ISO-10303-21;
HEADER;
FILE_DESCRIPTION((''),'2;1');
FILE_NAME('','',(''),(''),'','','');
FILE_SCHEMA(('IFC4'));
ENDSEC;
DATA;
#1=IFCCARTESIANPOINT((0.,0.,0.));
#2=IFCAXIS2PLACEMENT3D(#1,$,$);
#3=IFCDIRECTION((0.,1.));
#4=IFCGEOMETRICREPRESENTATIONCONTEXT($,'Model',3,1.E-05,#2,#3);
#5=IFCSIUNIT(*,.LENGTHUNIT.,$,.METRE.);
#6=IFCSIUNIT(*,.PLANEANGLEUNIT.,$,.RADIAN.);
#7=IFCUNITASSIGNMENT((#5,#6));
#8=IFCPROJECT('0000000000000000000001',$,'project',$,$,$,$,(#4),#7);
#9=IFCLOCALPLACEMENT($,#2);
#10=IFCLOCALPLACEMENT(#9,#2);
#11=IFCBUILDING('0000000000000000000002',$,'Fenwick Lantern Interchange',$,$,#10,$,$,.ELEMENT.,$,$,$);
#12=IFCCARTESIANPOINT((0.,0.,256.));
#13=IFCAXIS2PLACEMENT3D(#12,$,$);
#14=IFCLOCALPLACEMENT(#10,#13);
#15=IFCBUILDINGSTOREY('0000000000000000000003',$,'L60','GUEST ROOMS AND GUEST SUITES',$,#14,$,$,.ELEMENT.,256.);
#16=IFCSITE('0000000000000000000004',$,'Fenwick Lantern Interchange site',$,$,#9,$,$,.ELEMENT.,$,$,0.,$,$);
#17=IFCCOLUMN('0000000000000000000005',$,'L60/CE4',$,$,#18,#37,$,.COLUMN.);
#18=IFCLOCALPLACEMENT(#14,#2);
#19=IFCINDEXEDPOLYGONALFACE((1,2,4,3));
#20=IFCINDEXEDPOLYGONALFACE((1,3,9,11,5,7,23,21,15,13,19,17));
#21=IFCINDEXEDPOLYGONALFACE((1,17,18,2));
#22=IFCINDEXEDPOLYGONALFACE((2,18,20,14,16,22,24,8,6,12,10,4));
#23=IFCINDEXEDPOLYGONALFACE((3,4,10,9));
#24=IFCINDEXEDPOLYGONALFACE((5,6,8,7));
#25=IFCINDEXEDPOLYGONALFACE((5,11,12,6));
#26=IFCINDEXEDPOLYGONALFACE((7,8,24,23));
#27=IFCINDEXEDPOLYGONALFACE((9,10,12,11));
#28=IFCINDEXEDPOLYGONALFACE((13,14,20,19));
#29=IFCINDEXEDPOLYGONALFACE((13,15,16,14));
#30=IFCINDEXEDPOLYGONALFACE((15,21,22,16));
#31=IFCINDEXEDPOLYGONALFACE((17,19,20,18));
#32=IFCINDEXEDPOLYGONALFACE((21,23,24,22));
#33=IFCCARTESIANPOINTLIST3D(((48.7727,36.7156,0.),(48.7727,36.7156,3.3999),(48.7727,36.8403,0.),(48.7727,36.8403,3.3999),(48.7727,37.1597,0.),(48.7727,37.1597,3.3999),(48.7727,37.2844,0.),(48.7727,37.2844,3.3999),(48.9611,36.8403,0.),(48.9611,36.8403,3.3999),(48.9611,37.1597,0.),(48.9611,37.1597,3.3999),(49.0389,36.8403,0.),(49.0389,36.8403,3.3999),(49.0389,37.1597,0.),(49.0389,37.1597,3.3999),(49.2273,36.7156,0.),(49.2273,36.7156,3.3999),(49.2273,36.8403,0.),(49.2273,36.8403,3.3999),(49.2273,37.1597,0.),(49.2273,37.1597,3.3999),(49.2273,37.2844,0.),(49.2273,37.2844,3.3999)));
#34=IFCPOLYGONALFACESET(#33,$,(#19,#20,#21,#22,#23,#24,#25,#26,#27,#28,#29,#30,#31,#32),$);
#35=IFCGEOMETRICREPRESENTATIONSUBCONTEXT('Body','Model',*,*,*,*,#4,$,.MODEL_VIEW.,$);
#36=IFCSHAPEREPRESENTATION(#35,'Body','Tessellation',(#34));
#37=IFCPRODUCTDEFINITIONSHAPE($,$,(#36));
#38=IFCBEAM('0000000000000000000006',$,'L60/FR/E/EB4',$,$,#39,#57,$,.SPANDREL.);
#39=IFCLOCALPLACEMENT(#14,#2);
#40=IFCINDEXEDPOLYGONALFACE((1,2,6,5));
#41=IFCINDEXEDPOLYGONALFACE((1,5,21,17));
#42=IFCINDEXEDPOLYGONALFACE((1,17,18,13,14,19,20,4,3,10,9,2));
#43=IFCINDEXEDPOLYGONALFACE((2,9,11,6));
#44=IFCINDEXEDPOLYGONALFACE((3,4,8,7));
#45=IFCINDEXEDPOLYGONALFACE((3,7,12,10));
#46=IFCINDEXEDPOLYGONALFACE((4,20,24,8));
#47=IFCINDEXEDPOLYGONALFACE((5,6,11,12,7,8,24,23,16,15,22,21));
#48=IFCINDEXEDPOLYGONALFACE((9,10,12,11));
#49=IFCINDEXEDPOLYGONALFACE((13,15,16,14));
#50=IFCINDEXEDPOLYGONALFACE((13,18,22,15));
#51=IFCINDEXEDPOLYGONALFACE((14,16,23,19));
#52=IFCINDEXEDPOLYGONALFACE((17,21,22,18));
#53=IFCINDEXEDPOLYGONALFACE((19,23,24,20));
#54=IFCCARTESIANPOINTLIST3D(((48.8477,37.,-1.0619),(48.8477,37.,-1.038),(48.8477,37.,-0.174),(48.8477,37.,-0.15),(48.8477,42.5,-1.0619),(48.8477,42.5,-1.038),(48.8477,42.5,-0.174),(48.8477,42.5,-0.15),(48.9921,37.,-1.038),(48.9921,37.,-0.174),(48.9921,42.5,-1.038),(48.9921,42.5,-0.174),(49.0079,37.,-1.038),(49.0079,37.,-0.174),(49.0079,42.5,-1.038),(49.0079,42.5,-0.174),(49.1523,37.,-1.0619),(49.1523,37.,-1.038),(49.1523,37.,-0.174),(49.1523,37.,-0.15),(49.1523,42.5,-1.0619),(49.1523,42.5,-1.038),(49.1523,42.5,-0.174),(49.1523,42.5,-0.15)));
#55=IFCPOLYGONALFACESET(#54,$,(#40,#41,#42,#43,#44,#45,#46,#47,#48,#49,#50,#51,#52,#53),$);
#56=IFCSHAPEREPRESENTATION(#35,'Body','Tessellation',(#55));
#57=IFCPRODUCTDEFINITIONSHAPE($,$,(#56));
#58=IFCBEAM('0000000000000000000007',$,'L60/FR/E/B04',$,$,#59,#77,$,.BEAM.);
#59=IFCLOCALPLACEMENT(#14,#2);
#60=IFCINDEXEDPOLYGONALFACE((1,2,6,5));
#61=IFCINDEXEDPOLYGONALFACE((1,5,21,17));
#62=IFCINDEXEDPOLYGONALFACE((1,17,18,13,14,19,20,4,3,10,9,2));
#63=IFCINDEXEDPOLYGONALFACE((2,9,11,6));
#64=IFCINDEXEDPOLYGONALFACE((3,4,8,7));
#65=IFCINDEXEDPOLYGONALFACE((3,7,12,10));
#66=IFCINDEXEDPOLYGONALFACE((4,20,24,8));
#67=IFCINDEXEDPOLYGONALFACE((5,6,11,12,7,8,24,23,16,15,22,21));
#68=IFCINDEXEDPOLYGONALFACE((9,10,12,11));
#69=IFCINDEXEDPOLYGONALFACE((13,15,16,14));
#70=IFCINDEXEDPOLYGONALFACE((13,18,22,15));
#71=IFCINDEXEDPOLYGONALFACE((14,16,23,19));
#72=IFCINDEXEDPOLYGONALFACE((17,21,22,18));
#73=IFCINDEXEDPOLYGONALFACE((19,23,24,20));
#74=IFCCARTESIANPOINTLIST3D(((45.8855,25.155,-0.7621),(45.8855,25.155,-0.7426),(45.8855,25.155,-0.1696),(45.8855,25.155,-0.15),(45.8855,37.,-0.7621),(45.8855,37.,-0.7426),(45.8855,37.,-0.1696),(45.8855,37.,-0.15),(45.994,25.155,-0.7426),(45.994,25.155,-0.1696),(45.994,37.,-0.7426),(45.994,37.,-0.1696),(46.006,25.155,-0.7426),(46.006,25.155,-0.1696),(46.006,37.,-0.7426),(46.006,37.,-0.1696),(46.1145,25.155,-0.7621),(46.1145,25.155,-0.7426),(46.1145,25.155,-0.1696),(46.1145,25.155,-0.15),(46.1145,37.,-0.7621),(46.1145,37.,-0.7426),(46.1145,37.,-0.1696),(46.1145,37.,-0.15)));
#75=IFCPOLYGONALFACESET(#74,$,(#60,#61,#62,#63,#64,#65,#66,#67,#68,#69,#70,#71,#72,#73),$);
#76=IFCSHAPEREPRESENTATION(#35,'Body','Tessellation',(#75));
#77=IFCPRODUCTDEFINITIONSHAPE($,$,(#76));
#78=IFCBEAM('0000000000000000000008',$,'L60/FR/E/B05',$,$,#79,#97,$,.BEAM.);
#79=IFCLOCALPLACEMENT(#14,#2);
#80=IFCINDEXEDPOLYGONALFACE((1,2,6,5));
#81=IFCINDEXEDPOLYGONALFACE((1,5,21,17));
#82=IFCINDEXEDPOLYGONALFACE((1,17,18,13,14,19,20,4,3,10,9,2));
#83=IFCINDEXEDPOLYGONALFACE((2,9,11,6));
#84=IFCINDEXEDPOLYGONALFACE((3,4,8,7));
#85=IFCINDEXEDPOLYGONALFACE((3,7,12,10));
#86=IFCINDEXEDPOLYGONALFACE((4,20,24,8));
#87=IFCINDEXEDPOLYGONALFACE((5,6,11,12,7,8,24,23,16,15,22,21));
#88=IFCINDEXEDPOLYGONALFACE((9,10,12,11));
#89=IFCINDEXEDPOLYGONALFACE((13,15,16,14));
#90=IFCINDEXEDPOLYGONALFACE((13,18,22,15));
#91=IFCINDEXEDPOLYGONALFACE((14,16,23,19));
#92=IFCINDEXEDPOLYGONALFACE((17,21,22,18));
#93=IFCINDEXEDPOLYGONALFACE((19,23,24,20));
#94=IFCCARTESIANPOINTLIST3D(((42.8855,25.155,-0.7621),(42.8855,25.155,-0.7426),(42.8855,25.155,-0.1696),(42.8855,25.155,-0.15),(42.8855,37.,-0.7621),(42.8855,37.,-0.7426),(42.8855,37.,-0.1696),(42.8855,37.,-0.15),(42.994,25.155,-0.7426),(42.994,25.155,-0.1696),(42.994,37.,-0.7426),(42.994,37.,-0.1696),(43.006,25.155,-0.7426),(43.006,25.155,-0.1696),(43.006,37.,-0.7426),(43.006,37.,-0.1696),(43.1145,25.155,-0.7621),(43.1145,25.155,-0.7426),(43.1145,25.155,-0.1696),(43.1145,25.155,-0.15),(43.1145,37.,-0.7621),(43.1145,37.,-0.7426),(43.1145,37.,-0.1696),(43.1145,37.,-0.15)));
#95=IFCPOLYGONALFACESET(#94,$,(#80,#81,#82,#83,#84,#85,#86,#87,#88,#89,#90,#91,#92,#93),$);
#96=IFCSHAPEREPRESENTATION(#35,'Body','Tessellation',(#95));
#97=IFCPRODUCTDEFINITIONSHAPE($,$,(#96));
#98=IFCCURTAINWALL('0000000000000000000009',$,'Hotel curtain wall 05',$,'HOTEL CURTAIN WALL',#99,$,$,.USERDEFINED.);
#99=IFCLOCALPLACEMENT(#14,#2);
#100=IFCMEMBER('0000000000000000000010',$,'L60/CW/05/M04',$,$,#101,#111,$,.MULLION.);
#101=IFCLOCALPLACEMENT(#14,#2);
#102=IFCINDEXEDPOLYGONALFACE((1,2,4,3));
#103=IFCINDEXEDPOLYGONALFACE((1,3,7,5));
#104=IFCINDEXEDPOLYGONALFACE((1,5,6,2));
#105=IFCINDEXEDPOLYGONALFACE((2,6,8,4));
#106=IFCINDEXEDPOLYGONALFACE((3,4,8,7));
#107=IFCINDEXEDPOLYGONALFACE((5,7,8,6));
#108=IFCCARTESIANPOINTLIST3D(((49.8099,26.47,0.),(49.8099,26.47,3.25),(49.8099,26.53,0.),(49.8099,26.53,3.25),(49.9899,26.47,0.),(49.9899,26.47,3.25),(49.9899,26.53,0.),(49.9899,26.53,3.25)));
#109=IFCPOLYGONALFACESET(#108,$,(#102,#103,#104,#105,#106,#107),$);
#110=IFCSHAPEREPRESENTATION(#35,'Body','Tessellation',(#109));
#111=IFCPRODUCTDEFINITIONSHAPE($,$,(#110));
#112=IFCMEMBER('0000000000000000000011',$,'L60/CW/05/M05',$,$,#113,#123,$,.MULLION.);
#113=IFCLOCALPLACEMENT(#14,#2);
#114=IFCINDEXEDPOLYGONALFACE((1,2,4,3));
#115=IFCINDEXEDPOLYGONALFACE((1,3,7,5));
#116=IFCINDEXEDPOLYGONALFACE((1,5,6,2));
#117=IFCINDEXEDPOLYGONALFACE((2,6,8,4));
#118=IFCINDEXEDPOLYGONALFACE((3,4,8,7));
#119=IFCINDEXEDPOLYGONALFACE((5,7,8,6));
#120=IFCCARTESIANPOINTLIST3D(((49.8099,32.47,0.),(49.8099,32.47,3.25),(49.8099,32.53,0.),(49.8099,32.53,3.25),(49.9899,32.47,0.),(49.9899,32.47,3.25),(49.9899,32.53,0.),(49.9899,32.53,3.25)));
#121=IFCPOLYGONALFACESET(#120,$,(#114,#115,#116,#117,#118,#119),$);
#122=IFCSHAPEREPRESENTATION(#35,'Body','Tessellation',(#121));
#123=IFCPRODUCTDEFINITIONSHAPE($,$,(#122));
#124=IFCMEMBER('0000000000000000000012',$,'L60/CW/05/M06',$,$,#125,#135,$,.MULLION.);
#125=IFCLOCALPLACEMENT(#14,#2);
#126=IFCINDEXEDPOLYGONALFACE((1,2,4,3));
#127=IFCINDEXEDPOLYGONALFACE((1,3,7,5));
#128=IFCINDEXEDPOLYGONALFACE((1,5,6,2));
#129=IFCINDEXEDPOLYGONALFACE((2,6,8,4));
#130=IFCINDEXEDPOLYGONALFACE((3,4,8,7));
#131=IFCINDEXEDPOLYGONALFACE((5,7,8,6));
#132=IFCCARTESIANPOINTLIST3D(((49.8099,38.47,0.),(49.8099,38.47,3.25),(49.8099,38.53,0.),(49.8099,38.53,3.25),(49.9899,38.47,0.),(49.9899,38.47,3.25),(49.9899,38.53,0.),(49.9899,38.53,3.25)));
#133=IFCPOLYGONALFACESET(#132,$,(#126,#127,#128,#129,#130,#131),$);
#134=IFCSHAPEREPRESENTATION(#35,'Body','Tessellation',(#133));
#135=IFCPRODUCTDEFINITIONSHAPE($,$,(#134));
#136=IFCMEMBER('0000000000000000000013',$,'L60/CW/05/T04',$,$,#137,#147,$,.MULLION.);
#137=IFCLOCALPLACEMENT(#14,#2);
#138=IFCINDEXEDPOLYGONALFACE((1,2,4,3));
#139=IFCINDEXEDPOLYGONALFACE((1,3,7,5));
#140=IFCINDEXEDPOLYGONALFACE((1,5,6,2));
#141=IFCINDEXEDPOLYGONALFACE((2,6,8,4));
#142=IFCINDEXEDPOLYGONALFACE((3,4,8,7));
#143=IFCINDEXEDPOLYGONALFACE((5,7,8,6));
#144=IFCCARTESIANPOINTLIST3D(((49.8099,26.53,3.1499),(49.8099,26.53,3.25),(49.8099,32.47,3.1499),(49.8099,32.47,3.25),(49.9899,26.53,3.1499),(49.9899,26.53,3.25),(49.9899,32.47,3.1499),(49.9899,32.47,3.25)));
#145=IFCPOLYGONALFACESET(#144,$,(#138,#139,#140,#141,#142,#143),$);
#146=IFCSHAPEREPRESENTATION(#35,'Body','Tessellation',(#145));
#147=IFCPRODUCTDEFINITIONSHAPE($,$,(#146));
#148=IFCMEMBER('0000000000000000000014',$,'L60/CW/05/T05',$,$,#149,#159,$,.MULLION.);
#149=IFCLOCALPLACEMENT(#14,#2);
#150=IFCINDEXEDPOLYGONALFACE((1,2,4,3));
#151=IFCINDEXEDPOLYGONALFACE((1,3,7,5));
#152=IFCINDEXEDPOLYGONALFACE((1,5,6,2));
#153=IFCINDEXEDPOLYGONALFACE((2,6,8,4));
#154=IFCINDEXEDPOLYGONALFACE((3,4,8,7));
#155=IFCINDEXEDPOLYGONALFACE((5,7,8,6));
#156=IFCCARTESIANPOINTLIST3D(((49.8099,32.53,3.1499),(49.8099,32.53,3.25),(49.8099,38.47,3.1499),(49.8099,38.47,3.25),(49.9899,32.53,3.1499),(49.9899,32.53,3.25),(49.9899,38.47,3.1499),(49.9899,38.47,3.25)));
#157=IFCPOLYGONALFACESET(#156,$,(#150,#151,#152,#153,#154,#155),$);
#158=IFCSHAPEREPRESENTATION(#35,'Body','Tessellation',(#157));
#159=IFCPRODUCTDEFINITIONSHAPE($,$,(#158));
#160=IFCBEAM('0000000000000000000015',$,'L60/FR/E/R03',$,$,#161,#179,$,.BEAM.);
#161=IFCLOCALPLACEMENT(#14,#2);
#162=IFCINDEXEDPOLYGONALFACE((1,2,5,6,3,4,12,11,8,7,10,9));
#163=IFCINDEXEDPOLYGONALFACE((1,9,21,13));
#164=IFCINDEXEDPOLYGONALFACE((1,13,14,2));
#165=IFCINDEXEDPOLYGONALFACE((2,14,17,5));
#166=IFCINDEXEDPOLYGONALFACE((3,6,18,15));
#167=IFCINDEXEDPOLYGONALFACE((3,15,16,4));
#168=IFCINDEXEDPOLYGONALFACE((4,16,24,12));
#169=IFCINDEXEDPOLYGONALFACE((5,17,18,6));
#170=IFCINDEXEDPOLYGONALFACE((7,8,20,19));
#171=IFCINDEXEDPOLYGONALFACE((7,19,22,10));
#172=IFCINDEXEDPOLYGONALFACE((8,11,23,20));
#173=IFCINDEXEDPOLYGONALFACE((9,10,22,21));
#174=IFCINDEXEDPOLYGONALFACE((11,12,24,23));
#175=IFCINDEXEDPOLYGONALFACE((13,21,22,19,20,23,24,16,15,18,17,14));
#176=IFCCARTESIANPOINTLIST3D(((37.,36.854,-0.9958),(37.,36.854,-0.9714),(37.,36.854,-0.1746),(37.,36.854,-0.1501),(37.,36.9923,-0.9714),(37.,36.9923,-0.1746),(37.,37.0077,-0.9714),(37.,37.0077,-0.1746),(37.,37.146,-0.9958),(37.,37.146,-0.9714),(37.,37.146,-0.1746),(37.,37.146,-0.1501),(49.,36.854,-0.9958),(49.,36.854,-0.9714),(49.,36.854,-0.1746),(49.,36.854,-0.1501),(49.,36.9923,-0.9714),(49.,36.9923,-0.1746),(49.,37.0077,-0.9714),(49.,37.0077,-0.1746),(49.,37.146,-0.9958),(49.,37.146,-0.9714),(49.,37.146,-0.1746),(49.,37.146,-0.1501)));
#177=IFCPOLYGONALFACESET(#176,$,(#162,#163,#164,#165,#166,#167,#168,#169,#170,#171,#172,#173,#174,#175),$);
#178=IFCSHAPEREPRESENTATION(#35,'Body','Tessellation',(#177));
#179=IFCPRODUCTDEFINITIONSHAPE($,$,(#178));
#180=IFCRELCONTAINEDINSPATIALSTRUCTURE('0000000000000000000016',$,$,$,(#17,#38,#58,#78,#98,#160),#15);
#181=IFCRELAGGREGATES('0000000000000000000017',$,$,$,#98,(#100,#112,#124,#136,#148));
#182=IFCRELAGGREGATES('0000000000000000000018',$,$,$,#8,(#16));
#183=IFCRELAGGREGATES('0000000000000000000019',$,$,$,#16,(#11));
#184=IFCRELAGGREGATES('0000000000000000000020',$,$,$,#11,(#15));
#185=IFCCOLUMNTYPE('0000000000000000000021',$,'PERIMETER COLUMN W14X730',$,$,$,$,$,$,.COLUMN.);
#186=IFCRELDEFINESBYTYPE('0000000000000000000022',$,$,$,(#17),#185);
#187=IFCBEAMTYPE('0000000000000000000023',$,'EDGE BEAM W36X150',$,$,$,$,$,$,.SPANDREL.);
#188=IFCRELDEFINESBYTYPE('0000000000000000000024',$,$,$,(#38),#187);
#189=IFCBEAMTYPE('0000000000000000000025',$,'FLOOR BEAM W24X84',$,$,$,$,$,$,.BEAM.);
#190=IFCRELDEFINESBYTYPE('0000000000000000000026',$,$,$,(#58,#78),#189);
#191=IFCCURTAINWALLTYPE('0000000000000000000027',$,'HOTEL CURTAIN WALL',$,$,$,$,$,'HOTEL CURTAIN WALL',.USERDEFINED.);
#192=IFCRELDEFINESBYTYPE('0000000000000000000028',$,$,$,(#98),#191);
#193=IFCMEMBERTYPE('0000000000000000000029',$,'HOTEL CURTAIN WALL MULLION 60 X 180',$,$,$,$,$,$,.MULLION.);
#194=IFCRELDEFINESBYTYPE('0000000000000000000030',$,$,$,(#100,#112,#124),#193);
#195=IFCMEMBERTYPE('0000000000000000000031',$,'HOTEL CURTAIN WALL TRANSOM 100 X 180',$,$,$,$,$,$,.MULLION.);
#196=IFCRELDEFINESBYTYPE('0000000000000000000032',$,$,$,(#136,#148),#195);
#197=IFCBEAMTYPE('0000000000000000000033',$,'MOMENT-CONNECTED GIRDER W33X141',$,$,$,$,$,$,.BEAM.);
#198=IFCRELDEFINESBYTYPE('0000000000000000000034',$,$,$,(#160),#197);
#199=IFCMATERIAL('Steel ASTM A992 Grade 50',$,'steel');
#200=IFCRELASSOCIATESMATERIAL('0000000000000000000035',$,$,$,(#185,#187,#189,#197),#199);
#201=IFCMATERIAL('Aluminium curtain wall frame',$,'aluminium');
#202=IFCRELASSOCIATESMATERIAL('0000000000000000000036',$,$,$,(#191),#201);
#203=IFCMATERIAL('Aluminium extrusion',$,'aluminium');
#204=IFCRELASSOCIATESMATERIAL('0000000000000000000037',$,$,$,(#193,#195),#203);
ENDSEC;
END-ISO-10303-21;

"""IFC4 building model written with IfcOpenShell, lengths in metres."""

from ifc_helpers import new_model, si_unit, direction, frame, origin, origin_2d, place, context, subcontext, project, spatial, rectangle, i_section, extrude, material, material_profile, profile_set, type_object, element, aggregate, save


model = new_model("IFC4")

# Units and contexts
model_context = context("Model", 3, precision=1e-05, world=origin(), true_north=direction((0.0, 1.0)))
body_context = subcontext(model_context, "Body", "Model", "MODEL_VIEW")
ifc_project = project(units=[si_unit("LENGTHUNIT", "METRE"), si_unit("PLANEANGLEUNIT", "RADIAN")], contexts=[model_context])

# Site, building, storey
site_placement = place(None, origin())
site = spatial("IfcSite", under=ifc_project, at=site_placement, Name="Fenwick Lantern Interchange site", CompositionType="ELEMENT", RefElevation=0.0)
building_placement = place(site_placement, origin())
building = spatial("IfcBuilding", under=site, at=building_placement, Name="Fenwick Lantern Interchange", CompositionType="ELEMENT")
storey_placement = place(building_placement, frame((0.0, 0.0, 256.0)))
storey = spatial("IfcBuildingStorey", under=building, at=storey_placement, Name="L60", Description="GUEST ROOMS AND GUEST SUITES", CompositionType="ELEMENT", Elevation=256.0)

# Column
ifc_material_1 = material(Name="Steel ASTM A992 Grade 50", Category="steel")
ifc_material_profile_1 = material_profile(ifc_material_1, i_section(OverallWidth=0.4546, OverallDepth=0.5688, WebThickness=0.0779, FlangeThickness=0.1248, at=origin_2d()), Name="W14X730")
ifc_profile_set_1 = profile_set([ifc_material_profile_1], Name="Steel ASTM A992 Grade 50")
column_type = type_object("IfcColumnType", Name="PERIMETER COLUMN W14X730", PredefinedType="COLUMN", material=ifc_profile_set_1)
column_placement = place(storey_placement, frame((49.0, 37.0, 0.0), z_axis=(0.0, 0.0, 1.0), x_axis=(1.0, 0.0, 0.0)))
element("IfcColumn", 1, at=column_placement, inside=storey, type_object=column_type, Name="L60/CE4", PredefinedType="COLUMN", context=body_context, shape_type="SweptSolid", body=[
    extrude(i_section(OverallWidth=0.4546, OverallDepth=0.5688, WebThickness=0.0779, FlangeThickness=0.1248, at=origin_2d()), origin(), (0.0, 0.0, 1.0), 3.3999),
])

# Beams
ifc_material_profile_2 = material_profile(ifc_material_1, i_section(OverallWidth=0.3047, OverallDepth=0.9119, WebThickness=0.0159, FlangeThickness=0.0239, at=origin_2d()), Name="W36X150")
ifc_profile_set_2 = profile_set([ifc_material_profile_2], Name="Steel ASTM A992 Grade 50")
beam_type_1 = type_object("IfcBeamType", Name="EDGE BEAM W36X150", PredefinedType="SPANDREL", material=ifc_profile_set_2)
beam_1_placement = place(storey_placement, frame((49.0, 37.0, -0.606), z_axis=(0.0, 1.0, 0.0), x_axis=(-1.0, 0.0, 0.0)))
element("IfcBeam", 2, at=beam_1_placement, inside=storey, type_object=beam_type_1, Name="L60/FR/E/EB4", PredefinedType="SPANDREL", context=body_context, shape_type="SweptSolid", body=[
    extrude(i_section(OverallWidth=0.3047, OverallDepth=0.9119, WebThickness=0.0159, FlangeThickness=0.0239, at=origin_2d()), origin(), (0.0, 0.0, 1.0), 5.5),
])
ifc_material_profile_3 = material_profile(ifc_material_1, i_section(OverallWidth=0.229, OverallDepth=0.6121, WebThickness=0.012, FlangeThickness=0.0195, at=origin_2d()), Name="W24X84")
ifc_profile_set_3 = profile_set([ifc_material_profile_3], Name="Steel ASTM A992 Grade 50")
beam_type_2 = type_object("IfcBeamType", Name="FLOOR BEAM W24X84", PredefinedType="BEAM", material=ifc_profile_set_3)
for number, where, z_axis, x_axis, name in (
    (3, (46.0, 25.155, -0.4561), (0.0, 1.0, 0.0), (-1.0, 0.0, 0.0), "L60/FR/E/B04"),
    (4, (43.0, 25.155, -0.4561), (0.0, 1.0, 0.0), (-1.0, 0.0, 0.0), "L60/FR/E/B05"),
):
    element("IfcBeam", number, at=place(storey_placement, frame(where, z_axis=z_axis, x_axis=x_axis)), inside=storey, type_object=beam_type_2, Name=name, PredefinedType="BEAM", context=body_context, shape_type="SweptSolid", body=[
        extrude(i_section(OverallWidth=0.229, OverallDepth=0.6121, WebThickness=0.012, FlangeThickness=0.0195, at=origin_2d()), origin(), (0.0, 0.0, 1.0), 11.845),
    ])

# Curtain wall, members
ifc_material_2 = material(Name="Aluminium curtain wall frame", Category="aluminium")
curtain_wall_type = type_object("IfcCurtainWallType", Name="HOTEL CURTAIN WALL", ElementType="HOTEL CURTAIN WALL", PredefinedType="USERDEFINED", material=ifc_material_2)
curtain_wall_placement = place(storey_placement, origin())
curtain_wall = element("IfcCurtainWall", 5, at=curtain_wall_placement, inside=storey, type_object=curtain_wall_type, Name="Hotel curtain wall 05", ObjectType="HOTEL CURTAIN WALL", PredefinedType="USERDEFINED")
ifc_material_3 = material(Name="Aluminium extrusion", Category="aluminium")
ifc_material_profile_4 = material_profile(ifc_material_3, rectangle(XDim=0.1799, YDim=0.0601, at=origin_2d()), Name="HOTEL CURTAIN WALL MULLION 60 X 180")
ifc_profile_set_4 = profile_set([ifc_material_profile_4], Name="Aluminium extrusion")
member_type_1 = type_object("IfcMemberType", Name="HOTEL CURTAIN WALL MULLION 60 X 180", PredefinedType="MULLION", material=ifc_profile_set_4)
member_1_placement = place(storey_placement, frame((49.8999, 26.5, 0.0), z_axis=(0.0, 0.0, 1.0), x_axis=(-1.0, 0.0, 0.0)))
member_1 = element("IfcMember", 6, at=member_1_placement, type_object=member_type_1, Name="L60/CW/05/M04", PredefinedType="MULLION", context=body_context, shape_type="SweptSolid", body=[
    extrude(rectangle(XDim=0.1799, YDim=0.0601, at=origin_2d()), origin(), (0.0, 0.0, 1.0), 3.25),
])
member_2_placement = place(storey_placement, frame((49.8999, 32.5, 0.0), z_axis=(0.0, 0.0, 1.0), x_axis=(-1.0, 0.0, 0.0)))
member_2 = element("IfcMember", 7, at=member_2_placement, type_object=member_type_1, Name="L60/CW/05/M05", PredefinedType="MULLION", context=body_context, shape_type="SweptSolid", body=[
    extrude(rectangle(XDim=0.1799, YDim=0.0601, at=origin_2d()), origin(), (0.0, 0.0, 1.0), 3.25),
])
member_3_placement = place(storey_placement, frame((49.8999, 38.5, 0.0), z_axis=(0.0, 0.0, 1.0), x_axis=(-1.0, 0.0, 0.0)))
member_3 = element("IfcMember", 8, at=member_3_placement, type_object=member_type_1, Name="L60/CW/05/M06", PredefinedType="MULLION", context=body_context, shape_type="SweptSolid", body=[
    extrude(rectangle(XDim=0.1799, YDim=0.0601, at=origin_2d()), origin(), (0.0, 0.0, 1.0), 3.25),
])
ifc_material_profile_5 = material_profile(ifc_material_3, rectangle(XDim=0.1799, YDim=0.1001, at=origin_2d()), Name="HOTEL CURTAIN WALL TRANSOM 100 X 180")
ifc_profile_set_5 = profile_set([ifc_material_profile_5], Name="Aluminium extrusion")
member_type_2 = type_object("IfcMemberType", Name="HOTEL CURTAIN WALL TRANSOM 100 X 180", PredefinedType="MULLION", material=ifc_profile_set_5)
member_4_placement = place(storey_placement, frame((49.8999, 26.53, 3.2), z_axis=(0.0, 1.0, 0.0), x_axis=(-1.0, 0.0, 0.0)))
member_4 = element("IfcMember", 9, at=member_4_placement, type_object=member_type_2, Name="L60/CW/05/T04", PredefinedType="MULLION", context=body_context, shape_type="SweptSolid", body=[
    extrude(rectangle(XDim=0.1799, YDim=0.1001, at=origin_2d()), origin(), (0.0, 0.0, 1.0), 5.9399),
])
member_5_placement = place(storey_placement, frame((49.8999, 32.53, 3.2), z_axis=(0.0, 1.0, 0.0), x_axis=(-1.0, 0.0, 0.0)))
member_5 = element("IfcMember", 10, at=member_5_placement, type_object=member_type_2, Name="L60/CW/05/T05", PredefinedType="MULLION", context=body_context, shape_type="SweptSolid", body=[
    extrude(rectangle(XDim=0.1799, YDim=0.1001, at=origin_2d()), origin(), (0.0, 0.0, 1.0), 5.9399),
])

# Beam
ifc_material_profile_6 = material_profile(ifc_material_1, i_section(OverallWidth=0.292, OverallDepth=0.8457, WebThickness=0.0154, FlangeThickness=0.0244, at=origin_2d()), Name="W33X141")
ifc_profile_set_6 = profile_set([ifc_material_profile_6], Name="Steel ASTM A992 Grade 50")
beam_type_3 = type_object("IfcBeamType", Name="MOMENT-CONNECTED GIRDER W33X141", PredefinedType="BEAM", material=ifc_profile_set_6)
beam_2_placement = place(storey_placement, frame((49.0, 37.0, -0.573), z_axis=(-1.0, 0.0, 0.0), x_axis=(0.0, -1.0, 0.0)))
element("IfcBeam", 11, at=beam_2_placement, inside=storey, type_object=beam_type_3, Name="L60/FR/E/R03", PredefinedType="BEAM", context=body_context, shape_type="SweptSolid", body=[
    extrude(i_section(OverallWidth=0.292, OverallDepth=0.8457, WebThickness=0.0154, FlangeThickness=0.0244, at=origin_2d()), origin(), (0.0, 0.0, 1.0), 12.0),
])

aggregate(curtain_wall, [member_1, member_2, member_3, member_4, member_5])

save(model, "model.ifc")
